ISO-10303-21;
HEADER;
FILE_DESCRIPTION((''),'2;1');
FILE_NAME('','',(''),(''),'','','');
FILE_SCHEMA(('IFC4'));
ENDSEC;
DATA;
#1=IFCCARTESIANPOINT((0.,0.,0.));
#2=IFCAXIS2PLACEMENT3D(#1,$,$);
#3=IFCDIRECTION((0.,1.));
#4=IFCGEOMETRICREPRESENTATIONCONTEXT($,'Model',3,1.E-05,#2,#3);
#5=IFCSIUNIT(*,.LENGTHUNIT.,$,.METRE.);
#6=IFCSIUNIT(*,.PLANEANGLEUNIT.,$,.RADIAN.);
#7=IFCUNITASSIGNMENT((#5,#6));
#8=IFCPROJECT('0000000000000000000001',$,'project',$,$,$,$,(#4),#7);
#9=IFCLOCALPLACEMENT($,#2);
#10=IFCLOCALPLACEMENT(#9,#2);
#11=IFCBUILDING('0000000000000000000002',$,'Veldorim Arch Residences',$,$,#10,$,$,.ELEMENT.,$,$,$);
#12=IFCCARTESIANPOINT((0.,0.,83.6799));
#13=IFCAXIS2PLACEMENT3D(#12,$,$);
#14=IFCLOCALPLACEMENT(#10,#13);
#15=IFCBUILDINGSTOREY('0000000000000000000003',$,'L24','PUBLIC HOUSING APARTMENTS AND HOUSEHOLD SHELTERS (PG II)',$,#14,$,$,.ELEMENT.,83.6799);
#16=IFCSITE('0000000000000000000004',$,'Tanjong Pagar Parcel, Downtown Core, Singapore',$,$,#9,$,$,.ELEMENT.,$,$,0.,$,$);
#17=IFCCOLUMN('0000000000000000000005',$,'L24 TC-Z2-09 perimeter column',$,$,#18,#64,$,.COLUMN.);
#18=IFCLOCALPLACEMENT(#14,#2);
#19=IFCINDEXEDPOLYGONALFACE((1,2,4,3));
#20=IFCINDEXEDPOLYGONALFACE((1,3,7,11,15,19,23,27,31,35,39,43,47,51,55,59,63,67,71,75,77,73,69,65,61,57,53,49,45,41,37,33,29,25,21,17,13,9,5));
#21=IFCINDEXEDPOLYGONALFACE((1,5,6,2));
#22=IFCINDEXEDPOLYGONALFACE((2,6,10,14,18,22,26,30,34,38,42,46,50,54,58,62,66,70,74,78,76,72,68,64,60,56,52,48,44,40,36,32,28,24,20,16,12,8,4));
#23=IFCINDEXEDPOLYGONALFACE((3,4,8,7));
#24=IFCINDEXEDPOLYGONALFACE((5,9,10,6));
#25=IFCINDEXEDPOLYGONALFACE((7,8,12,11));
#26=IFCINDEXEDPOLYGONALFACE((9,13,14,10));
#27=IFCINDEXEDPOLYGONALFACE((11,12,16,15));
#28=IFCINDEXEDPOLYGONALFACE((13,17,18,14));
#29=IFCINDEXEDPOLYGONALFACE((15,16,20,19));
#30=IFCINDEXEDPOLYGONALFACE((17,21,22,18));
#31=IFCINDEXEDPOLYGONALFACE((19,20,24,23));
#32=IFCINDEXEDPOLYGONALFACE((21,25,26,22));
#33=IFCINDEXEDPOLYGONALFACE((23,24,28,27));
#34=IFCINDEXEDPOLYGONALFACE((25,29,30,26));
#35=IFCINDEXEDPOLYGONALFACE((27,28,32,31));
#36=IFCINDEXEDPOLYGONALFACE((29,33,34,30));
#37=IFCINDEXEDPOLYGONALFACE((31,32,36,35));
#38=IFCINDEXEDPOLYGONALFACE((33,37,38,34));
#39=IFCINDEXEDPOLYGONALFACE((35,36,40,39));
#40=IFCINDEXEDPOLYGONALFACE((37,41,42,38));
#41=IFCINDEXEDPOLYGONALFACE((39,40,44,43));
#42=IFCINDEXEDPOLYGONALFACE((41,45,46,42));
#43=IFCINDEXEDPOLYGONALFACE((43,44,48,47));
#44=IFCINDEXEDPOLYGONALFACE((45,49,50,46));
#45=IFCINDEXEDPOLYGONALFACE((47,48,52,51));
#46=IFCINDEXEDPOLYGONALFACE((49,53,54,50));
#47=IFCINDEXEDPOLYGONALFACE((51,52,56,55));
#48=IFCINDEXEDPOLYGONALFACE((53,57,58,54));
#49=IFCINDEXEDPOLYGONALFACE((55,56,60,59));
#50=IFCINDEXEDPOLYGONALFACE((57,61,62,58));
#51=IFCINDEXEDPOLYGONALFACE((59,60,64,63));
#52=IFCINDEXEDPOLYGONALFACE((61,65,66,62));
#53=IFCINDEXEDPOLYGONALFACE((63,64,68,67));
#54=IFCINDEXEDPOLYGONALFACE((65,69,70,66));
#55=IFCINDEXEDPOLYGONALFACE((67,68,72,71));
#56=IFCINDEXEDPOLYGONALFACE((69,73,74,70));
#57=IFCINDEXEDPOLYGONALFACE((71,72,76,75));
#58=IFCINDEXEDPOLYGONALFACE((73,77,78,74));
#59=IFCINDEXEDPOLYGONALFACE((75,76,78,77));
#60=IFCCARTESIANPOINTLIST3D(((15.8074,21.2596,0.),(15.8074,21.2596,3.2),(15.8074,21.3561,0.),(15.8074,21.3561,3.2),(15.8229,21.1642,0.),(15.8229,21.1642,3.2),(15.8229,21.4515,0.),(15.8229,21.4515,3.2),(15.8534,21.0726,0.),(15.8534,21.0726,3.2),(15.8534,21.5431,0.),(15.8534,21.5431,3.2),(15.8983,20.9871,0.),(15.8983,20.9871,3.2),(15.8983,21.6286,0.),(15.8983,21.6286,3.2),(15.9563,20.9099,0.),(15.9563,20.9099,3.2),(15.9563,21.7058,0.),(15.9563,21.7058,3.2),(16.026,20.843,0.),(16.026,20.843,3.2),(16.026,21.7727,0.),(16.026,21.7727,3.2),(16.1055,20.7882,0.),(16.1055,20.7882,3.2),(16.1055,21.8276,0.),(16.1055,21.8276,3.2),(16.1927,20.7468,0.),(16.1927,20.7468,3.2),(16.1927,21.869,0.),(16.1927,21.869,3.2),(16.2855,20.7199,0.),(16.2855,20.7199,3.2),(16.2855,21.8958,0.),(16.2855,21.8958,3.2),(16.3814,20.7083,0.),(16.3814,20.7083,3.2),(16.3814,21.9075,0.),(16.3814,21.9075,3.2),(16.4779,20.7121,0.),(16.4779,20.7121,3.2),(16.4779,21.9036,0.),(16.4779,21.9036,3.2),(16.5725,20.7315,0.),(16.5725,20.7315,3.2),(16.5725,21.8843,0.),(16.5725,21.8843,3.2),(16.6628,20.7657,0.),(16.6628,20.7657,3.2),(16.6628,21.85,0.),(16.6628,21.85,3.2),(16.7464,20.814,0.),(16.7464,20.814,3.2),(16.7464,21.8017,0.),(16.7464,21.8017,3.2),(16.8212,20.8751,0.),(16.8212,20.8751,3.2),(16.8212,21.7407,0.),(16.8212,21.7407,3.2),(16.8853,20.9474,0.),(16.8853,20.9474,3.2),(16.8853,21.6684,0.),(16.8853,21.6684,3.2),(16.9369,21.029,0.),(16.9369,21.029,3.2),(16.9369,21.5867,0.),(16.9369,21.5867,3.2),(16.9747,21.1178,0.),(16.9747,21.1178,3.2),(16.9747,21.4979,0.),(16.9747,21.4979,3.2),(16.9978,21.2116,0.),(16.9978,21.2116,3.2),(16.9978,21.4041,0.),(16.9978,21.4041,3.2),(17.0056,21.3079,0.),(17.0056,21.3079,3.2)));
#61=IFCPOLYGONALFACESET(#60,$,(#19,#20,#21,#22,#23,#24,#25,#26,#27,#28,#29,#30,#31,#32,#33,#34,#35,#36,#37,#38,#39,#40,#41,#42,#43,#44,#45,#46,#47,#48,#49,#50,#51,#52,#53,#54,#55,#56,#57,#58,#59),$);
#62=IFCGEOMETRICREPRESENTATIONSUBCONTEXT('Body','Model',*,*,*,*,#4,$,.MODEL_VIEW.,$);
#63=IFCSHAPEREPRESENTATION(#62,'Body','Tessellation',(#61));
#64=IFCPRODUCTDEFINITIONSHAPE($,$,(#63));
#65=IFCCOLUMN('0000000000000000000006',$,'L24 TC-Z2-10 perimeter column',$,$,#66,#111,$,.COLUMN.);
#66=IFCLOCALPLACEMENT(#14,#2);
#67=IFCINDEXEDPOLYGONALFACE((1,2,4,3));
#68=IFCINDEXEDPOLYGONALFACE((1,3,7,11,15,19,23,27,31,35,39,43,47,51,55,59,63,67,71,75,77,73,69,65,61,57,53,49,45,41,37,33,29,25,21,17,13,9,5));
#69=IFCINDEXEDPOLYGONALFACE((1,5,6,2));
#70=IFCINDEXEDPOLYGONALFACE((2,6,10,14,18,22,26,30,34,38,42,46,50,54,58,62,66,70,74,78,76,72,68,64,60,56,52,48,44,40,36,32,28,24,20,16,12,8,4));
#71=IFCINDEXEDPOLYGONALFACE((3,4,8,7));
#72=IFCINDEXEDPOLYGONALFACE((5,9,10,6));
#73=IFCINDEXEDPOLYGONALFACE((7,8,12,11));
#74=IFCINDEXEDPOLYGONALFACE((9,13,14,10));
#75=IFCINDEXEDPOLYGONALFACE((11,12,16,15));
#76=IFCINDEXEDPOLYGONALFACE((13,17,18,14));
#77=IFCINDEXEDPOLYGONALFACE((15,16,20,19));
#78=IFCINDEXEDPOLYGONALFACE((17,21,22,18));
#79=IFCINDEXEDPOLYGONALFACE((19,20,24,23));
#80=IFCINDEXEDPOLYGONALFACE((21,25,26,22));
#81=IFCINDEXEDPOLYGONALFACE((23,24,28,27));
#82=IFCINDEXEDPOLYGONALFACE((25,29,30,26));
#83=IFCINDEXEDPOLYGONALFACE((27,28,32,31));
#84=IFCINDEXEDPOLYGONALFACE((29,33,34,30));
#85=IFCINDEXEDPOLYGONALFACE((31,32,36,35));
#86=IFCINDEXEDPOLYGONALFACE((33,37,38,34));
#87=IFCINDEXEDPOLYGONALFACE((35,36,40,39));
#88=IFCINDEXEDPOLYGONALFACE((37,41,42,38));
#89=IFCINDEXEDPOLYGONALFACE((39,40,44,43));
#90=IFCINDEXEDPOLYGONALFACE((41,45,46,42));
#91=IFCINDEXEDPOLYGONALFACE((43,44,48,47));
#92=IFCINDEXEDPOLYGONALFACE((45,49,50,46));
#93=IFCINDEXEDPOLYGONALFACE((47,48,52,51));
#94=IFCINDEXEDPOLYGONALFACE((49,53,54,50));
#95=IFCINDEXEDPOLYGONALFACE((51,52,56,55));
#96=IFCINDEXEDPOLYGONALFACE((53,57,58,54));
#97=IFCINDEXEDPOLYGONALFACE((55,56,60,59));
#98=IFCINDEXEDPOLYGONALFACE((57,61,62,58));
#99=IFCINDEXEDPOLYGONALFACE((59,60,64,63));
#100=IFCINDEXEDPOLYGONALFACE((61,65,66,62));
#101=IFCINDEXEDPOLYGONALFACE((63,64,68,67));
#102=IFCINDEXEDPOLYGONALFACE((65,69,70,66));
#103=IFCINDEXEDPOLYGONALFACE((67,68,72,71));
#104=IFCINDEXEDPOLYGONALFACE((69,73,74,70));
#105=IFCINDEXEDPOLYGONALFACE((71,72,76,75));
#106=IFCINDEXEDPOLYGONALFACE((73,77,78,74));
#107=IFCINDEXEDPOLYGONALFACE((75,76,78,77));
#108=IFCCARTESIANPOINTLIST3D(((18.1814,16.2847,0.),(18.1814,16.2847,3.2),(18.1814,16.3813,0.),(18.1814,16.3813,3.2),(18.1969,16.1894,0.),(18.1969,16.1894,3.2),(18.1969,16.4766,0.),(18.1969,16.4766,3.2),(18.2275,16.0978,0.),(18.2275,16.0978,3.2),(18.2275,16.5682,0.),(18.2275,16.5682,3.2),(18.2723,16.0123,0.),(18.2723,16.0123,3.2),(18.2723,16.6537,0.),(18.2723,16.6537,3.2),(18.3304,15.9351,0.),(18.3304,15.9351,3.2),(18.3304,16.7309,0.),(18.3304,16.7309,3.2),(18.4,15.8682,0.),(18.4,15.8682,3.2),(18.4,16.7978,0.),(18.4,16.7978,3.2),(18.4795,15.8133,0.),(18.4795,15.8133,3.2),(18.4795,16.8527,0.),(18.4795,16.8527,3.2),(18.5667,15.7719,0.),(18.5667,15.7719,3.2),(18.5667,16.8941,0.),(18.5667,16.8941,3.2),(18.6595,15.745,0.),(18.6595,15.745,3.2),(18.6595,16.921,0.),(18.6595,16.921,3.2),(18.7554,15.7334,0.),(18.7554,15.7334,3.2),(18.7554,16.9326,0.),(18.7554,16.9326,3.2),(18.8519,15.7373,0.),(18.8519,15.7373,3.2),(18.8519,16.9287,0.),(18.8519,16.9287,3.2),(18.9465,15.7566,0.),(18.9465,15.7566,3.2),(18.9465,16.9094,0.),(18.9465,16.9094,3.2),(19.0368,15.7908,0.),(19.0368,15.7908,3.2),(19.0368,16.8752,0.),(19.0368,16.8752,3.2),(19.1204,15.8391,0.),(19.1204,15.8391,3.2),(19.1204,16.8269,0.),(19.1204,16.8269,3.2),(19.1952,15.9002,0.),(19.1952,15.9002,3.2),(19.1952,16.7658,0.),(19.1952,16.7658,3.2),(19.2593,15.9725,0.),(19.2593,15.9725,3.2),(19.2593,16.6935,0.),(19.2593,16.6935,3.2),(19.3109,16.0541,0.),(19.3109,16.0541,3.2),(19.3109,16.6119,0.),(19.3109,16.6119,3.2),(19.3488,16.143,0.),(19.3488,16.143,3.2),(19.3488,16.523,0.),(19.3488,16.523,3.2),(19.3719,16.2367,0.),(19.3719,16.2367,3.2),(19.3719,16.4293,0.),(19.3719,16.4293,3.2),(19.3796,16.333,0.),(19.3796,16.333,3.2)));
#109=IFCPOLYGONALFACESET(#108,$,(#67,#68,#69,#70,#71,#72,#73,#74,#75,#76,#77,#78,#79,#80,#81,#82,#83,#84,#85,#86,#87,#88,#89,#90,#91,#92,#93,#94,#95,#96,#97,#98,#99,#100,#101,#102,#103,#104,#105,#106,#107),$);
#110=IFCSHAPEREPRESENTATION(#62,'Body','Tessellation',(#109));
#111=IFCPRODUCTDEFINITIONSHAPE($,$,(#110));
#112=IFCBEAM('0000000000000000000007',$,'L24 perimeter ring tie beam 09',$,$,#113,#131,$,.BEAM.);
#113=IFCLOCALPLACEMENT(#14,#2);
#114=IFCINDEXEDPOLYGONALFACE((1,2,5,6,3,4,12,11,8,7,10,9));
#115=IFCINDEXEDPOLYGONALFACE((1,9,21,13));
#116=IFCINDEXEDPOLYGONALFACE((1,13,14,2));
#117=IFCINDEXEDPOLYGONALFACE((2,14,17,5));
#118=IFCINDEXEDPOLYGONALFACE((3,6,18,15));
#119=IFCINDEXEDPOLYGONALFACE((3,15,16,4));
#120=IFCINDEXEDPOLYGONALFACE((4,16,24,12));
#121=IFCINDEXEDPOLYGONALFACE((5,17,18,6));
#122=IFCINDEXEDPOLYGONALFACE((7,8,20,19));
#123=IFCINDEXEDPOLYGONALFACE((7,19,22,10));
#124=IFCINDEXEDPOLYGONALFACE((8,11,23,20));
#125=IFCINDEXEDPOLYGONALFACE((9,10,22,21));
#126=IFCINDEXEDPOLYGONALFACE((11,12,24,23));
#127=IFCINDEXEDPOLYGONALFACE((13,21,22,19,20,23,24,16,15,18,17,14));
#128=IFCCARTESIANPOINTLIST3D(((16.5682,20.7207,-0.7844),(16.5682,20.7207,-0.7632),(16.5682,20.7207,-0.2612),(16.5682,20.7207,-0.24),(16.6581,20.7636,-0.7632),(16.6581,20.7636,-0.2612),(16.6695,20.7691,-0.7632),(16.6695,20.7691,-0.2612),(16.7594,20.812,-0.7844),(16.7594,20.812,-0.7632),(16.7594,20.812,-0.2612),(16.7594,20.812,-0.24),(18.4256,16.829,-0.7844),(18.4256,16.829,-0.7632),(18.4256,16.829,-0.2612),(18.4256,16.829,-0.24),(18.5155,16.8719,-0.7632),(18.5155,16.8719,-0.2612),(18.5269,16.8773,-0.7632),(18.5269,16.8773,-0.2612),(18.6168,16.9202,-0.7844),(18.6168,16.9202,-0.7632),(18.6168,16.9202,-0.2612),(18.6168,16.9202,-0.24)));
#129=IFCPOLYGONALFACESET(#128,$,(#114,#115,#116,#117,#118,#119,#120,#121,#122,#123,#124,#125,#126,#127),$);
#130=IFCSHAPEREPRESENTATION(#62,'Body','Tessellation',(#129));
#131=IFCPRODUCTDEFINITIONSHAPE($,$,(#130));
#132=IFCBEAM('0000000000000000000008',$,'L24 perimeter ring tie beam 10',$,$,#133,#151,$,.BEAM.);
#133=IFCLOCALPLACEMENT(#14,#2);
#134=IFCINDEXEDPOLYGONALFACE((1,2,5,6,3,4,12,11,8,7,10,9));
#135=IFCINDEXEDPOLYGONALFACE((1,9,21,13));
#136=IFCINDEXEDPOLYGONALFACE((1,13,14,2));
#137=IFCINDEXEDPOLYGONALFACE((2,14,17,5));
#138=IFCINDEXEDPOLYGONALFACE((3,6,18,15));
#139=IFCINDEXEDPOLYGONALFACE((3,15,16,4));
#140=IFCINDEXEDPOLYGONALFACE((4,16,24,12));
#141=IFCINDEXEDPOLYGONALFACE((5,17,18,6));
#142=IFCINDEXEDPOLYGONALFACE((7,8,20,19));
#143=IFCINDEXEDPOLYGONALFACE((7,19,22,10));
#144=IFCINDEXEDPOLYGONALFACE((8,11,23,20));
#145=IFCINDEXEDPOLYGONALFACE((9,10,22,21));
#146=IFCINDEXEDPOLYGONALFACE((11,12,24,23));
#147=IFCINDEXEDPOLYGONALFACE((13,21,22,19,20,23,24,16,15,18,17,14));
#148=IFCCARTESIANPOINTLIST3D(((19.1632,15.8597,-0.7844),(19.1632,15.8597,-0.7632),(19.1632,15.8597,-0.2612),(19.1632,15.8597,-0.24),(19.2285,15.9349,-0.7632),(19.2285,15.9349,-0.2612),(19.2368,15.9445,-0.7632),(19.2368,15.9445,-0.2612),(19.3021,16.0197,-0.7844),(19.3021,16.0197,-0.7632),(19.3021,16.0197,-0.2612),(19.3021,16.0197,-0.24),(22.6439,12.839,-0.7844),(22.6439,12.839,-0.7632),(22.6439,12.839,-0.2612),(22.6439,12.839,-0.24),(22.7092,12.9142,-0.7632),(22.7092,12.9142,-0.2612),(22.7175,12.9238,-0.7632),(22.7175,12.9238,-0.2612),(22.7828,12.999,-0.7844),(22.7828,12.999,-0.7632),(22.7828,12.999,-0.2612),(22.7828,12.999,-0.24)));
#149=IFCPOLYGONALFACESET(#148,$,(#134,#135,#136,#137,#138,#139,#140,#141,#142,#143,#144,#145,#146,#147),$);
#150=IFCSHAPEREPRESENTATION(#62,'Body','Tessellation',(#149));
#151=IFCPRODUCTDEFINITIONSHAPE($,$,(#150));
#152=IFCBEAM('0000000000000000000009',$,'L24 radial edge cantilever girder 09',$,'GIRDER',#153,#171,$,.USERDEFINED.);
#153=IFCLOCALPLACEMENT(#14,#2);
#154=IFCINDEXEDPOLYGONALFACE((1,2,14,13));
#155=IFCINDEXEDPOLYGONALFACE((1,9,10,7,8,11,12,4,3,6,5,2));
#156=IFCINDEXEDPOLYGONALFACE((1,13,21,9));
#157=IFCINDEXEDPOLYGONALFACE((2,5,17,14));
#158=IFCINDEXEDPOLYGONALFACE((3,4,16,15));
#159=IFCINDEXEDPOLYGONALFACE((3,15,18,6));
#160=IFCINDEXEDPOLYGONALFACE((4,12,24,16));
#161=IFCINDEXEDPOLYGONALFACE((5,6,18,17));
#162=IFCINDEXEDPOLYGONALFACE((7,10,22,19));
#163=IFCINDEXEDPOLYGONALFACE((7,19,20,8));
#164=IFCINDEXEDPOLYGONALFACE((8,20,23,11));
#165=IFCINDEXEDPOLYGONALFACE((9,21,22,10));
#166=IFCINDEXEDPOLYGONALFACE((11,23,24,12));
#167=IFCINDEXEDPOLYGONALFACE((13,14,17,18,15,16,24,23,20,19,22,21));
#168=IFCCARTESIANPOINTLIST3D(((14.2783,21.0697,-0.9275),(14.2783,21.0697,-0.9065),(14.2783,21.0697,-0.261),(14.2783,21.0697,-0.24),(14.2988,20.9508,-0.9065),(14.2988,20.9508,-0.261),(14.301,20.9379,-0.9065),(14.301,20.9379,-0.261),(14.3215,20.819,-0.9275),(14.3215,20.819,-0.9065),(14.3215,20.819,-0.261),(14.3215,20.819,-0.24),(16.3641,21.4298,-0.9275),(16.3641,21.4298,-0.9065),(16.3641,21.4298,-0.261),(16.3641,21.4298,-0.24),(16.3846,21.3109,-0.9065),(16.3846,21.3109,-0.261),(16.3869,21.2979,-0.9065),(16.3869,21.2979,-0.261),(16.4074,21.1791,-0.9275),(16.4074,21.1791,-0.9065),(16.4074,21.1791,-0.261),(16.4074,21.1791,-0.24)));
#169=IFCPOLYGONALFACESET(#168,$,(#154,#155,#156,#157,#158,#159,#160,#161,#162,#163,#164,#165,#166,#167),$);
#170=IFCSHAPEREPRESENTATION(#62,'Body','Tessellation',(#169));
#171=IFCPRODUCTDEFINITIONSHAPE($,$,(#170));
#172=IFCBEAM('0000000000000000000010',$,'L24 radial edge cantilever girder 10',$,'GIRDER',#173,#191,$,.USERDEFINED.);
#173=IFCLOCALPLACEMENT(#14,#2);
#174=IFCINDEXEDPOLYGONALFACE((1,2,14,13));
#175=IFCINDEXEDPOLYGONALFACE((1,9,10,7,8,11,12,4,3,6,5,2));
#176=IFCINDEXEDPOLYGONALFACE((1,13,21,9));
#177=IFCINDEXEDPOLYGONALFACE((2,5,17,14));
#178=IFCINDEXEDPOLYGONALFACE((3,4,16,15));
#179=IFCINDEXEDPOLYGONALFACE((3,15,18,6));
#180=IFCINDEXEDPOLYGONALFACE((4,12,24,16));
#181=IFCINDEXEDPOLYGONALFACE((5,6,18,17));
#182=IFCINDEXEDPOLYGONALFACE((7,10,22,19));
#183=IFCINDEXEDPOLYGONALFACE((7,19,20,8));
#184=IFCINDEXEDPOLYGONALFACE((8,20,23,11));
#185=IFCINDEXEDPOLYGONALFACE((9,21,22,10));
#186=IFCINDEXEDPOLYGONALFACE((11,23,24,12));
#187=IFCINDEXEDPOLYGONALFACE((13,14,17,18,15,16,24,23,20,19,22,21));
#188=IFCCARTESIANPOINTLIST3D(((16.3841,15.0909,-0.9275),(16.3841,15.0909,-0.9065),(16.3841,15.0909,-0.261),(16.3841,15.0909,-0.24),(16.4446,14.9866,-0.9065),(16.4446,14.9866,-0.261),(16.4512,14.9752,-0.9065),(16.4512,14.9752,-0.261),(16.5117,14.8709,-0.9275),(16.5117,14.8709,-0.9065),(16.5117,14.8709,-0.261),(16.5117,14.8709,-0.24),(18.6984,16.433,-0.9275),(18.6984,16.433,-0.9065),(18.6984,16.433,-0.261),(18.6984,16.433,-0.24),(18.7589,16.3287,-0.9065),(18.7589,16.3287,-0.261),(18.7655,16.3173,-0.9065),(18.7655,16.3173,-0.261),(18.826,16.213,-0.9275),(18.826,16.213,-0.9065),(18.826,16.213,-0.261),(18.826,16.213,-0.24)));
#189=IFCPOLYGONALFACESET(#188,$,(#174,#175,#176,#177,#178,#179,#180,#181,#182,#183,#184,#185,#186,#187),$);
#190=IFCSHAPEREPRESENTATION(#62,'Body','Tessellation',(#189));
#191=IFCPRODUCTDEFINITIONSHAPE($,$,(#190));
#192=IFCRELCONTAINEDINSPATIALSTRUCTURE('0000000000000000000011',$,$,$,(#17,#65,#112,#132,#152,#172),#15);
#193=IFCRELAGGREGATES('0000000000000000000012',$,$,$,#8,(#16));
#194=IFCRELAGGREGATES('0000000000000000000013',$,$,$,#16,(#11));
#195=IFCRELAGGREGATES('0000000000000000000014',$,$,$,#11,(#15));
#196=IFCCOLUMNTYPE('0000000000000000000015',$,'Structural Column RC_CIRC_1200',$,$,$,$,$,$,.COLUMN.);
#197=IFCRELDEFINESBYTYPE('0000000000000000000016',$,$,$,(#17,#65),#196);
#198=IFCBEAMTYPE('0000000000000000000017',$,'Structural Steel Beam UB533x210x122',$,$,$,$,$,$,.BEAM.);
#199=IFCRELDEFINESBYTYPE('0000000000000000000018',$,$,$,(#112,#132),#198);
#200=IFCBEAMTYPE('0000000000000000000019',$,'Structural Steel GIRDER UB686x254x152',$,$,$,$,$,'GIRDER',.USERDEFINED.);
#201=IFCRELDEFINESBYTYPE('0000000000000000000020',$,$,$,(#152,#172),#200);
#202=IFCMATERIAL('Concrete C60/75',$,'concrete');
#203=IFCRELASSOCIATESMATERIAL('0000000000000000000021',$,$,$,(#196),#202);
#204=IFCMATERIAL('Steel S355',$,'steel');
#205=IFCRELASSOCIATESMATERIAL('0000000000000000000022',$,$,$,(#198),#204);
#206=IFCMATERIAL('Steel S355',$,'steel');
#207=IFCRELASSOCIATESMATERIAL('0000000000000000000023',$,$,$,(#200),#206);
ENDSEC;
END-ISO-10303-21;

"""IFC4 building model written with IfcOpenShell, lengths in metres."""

from ifc_helpers import new_model, si_unit, direction, frame, origin, origin_2d, place, context, subcontext, project, spatial, circle, i_section, extrude, material, material_profile, profile_set, type_object, element, save


model = new_model("IFC4")

# Units and contexts
model_context = context("Model", 3, precision=1e-05, world=origin(), true_north=direction((0.0, 1.0)))
body_context = subcontext(model_context, "Body", "Model", "MODEL_VIEW")
ifc_project = project(units=[si_unit("LENGTHUNIT", "METRE"), si_unit("PLANEANGLEUNIT", "RADIAN")], contexts=[model_context])

# Site, building, storey
site_placement = place(None, origin())
site = spatial("IfcSite", under=ifc_project, at=site_placement, Name="Tanjong Pagar Parcel, Downtown Core, Singapore", CompositionType="ELEMENT", RefElevation=0.0)
building_placement = place(site_placement, origin())
building = spatial("IfcBuilding", under=site, at=building_placement, Name="Veldorim Arch Residences", CompositionType="ELEMENT")
storey_placement = place(building_placement, frame((0.0, 0.0, 83.6799)))
storey = spatial("IfcBuildingStorey", under=building, at=storey_placement, Name="L24", Description="PUBLIC HOUSING APARTMENTS AND HOUSEHOLD SHELTERS (PG II)", CompositionType="ELEMENT", Elevation=83.6799)

# Columns
ifc_material_1 = material(Name="Concrete C60/75", Category="concrete")
ifc_material_profile_1 = material_profile(ifc_material_1, circle(Radius=0.6001, at=origin_2d()), Name="RC_CIRC_1200")
ifc_profile_set_1 = profile_set([ifc_material_profile_1], Name="Concrete C60/75")
column_type = type_object("IfcColumnType", Name="Structural Column RC_CIRC_1200", PredefinedType="COLUMN", material=ifc_profile_set_1)
for number, where, z_axis, x_axis, name in (
    (1, (16.4055, 21.3079, 0.0), (0.0, 0.0, 1.0), (1.0, 0.0, 0.0), "L24 TC-Z2-09 perimeter column"),
    (2, (18.7795, 16.333, 0.0), (0.0, 0.0, 1.0), (1.0, 0.0, 0.0), "L24 TC-Z2-10 perimeter column"),
):
    element("IfcColumn", number, at=place(storey_placement, frame(where, z_axis=z_axis, x_axis=x_axis)), inside=storey, type_object=column_type, Name=name, PredefinedType="COLUMN", context=body_context, shape_type="SweptSolid", body=[
        extrude(circle(Radius=0.6001, at=origin_2d()), origin(), (0.0, 0.0, 1.0), 3.2),
    ])

# Beams
ifc_material_2 = material(Name="Steel S355", Category="steel")
ifc_material_profile_2 = material_profile(ifc_material_2, i_section(OverallWidth=0.2119, OverallDepth=0.5444, WebThickness=0.0127, FlangeThickness=0.0212, at=origin_2d()), Name="UB533x210x122")
ifc_profile_set_2 = profile_set([ifc_material_profile_2], Name="Steel S355")
beam_type_1 = type_object("IfcBeamType", Name="Structural Steel Beam UB533x210x122", PredefinedType="BEAM", material=ifc_profile_set_2)
beam_1_placement = place(storey_placement, frame((16.6638, 20.7664, -0.5122), z_axis=(0.43072, -0.902486, 0.0), x_axis=(0.902486, 0.43072, 0.0)))
element("IfcBeam", 3, at=beam_1_placement, inside=storey, type_object=beam_type_1, Name="L24 perimeter ring tie beam 09", PredefinedType="BEAM", context=body_context, shape_type="SweptSolid", body=[
    extrude(i_section(OverallWidth=0.2119, OverallDepth=0.5444, WebThickness=0.0127, FlangeThickness=0.0212, at=origin_2d()), origin(), (0.0, 0.0, 1.0), 4.3123),
])
beam_2_placement = place(storey_placement, frame((19.2327, 15.9397, -0.5122), z_axis=(0.755245, -0.655443, 0.0), x_axis=(0.655443, 0.755245, 0.0)))
element("IfcBeam", 4, at=beam_2_placement, inside=storey, type_object=beam_type_1, Name="L24 perimeter ring tie beam 10", PredefinedType="BEAM", context=body_context, shape_type="SweptSolid", body=[
    extrude(i_section(OverallWidth=0.2119, OverallDepth=0.5444, WebThickness=0.0127, FlangeThickness=0.0212, at=origin_2d()), origin(), (0.0, 0.0, 1.0), 4.6086),
])
ifc_material_3 = material(Name="Steel S355", Category="steel")
ifc_material_profile_3 = material_profile(ifc_material_3, i_section(OverallWidth=0.2544, OverallDepth=0.6875, WebThickness=0.0132, FlangeThickness=0.021, at=origin_2d()), Name="UB686x254x152")
ifc_profile_set_3 = profile_set([ifc_material_profile_3], Name="Steel S355")
beam_type_2 = type_object("IfcBeamType", Name="Structural Steel GIRDER UB686x254x152", ElementType="GIRDER", PredefinedType="USERDEFINED", material=ifc_profile_set_3)
beam_3_placement = place(storey_placement, frame((16.3857, 21.3044, -0.5837), z_axis=(-0.985423, -0.170119, 0.0), x_axis=(0.170119, -0.985423, 0.0)))
element("IfcBeam", 5, at=beam_3_placement, inside=storey, type_object=beam_type_2, Name="L24 radial edge cantilever girder 09", ObjectType="GIRDER", PredefinedType="USERDEFINED", context=body_context, shape_type="SweptSolid", body=[
    extrude(i_section(OverallWidth=0.2544, OverallDepth=0.6875, WebThickness=0.0132, FlangeThickness=0.021, at=origin_2d()), origin(), (0.0, 0.0, 1.0), 2.1167),
])
beam_4_placement = place(storey_placement, frame((18.7622, 16.323, -0.5837), z_axis=(-0.865064, -0.501662, 0.0), x_axis=(0.501662, -0.865064, 0.0)))
element("IfcBeam", 6, at=beam_4_placement, inside=storey, type_object=beam_type_2, Name="L24 radial edge cantilever girder 10", ObjectType="GIRDER", PredefinedType="USERDEFINED", context=body_context, shape_type="SweptSolid", body=[
    extrude(i_section(OverallWidth=0.2544, OverallDepth=0.6875, WebThickness=0.0132, FlangeThickness=0.021, at=origin_2d()), origin(), (0.0, 0.0, 1.0), 2.6753),
])

save(model, "model.ifc")
